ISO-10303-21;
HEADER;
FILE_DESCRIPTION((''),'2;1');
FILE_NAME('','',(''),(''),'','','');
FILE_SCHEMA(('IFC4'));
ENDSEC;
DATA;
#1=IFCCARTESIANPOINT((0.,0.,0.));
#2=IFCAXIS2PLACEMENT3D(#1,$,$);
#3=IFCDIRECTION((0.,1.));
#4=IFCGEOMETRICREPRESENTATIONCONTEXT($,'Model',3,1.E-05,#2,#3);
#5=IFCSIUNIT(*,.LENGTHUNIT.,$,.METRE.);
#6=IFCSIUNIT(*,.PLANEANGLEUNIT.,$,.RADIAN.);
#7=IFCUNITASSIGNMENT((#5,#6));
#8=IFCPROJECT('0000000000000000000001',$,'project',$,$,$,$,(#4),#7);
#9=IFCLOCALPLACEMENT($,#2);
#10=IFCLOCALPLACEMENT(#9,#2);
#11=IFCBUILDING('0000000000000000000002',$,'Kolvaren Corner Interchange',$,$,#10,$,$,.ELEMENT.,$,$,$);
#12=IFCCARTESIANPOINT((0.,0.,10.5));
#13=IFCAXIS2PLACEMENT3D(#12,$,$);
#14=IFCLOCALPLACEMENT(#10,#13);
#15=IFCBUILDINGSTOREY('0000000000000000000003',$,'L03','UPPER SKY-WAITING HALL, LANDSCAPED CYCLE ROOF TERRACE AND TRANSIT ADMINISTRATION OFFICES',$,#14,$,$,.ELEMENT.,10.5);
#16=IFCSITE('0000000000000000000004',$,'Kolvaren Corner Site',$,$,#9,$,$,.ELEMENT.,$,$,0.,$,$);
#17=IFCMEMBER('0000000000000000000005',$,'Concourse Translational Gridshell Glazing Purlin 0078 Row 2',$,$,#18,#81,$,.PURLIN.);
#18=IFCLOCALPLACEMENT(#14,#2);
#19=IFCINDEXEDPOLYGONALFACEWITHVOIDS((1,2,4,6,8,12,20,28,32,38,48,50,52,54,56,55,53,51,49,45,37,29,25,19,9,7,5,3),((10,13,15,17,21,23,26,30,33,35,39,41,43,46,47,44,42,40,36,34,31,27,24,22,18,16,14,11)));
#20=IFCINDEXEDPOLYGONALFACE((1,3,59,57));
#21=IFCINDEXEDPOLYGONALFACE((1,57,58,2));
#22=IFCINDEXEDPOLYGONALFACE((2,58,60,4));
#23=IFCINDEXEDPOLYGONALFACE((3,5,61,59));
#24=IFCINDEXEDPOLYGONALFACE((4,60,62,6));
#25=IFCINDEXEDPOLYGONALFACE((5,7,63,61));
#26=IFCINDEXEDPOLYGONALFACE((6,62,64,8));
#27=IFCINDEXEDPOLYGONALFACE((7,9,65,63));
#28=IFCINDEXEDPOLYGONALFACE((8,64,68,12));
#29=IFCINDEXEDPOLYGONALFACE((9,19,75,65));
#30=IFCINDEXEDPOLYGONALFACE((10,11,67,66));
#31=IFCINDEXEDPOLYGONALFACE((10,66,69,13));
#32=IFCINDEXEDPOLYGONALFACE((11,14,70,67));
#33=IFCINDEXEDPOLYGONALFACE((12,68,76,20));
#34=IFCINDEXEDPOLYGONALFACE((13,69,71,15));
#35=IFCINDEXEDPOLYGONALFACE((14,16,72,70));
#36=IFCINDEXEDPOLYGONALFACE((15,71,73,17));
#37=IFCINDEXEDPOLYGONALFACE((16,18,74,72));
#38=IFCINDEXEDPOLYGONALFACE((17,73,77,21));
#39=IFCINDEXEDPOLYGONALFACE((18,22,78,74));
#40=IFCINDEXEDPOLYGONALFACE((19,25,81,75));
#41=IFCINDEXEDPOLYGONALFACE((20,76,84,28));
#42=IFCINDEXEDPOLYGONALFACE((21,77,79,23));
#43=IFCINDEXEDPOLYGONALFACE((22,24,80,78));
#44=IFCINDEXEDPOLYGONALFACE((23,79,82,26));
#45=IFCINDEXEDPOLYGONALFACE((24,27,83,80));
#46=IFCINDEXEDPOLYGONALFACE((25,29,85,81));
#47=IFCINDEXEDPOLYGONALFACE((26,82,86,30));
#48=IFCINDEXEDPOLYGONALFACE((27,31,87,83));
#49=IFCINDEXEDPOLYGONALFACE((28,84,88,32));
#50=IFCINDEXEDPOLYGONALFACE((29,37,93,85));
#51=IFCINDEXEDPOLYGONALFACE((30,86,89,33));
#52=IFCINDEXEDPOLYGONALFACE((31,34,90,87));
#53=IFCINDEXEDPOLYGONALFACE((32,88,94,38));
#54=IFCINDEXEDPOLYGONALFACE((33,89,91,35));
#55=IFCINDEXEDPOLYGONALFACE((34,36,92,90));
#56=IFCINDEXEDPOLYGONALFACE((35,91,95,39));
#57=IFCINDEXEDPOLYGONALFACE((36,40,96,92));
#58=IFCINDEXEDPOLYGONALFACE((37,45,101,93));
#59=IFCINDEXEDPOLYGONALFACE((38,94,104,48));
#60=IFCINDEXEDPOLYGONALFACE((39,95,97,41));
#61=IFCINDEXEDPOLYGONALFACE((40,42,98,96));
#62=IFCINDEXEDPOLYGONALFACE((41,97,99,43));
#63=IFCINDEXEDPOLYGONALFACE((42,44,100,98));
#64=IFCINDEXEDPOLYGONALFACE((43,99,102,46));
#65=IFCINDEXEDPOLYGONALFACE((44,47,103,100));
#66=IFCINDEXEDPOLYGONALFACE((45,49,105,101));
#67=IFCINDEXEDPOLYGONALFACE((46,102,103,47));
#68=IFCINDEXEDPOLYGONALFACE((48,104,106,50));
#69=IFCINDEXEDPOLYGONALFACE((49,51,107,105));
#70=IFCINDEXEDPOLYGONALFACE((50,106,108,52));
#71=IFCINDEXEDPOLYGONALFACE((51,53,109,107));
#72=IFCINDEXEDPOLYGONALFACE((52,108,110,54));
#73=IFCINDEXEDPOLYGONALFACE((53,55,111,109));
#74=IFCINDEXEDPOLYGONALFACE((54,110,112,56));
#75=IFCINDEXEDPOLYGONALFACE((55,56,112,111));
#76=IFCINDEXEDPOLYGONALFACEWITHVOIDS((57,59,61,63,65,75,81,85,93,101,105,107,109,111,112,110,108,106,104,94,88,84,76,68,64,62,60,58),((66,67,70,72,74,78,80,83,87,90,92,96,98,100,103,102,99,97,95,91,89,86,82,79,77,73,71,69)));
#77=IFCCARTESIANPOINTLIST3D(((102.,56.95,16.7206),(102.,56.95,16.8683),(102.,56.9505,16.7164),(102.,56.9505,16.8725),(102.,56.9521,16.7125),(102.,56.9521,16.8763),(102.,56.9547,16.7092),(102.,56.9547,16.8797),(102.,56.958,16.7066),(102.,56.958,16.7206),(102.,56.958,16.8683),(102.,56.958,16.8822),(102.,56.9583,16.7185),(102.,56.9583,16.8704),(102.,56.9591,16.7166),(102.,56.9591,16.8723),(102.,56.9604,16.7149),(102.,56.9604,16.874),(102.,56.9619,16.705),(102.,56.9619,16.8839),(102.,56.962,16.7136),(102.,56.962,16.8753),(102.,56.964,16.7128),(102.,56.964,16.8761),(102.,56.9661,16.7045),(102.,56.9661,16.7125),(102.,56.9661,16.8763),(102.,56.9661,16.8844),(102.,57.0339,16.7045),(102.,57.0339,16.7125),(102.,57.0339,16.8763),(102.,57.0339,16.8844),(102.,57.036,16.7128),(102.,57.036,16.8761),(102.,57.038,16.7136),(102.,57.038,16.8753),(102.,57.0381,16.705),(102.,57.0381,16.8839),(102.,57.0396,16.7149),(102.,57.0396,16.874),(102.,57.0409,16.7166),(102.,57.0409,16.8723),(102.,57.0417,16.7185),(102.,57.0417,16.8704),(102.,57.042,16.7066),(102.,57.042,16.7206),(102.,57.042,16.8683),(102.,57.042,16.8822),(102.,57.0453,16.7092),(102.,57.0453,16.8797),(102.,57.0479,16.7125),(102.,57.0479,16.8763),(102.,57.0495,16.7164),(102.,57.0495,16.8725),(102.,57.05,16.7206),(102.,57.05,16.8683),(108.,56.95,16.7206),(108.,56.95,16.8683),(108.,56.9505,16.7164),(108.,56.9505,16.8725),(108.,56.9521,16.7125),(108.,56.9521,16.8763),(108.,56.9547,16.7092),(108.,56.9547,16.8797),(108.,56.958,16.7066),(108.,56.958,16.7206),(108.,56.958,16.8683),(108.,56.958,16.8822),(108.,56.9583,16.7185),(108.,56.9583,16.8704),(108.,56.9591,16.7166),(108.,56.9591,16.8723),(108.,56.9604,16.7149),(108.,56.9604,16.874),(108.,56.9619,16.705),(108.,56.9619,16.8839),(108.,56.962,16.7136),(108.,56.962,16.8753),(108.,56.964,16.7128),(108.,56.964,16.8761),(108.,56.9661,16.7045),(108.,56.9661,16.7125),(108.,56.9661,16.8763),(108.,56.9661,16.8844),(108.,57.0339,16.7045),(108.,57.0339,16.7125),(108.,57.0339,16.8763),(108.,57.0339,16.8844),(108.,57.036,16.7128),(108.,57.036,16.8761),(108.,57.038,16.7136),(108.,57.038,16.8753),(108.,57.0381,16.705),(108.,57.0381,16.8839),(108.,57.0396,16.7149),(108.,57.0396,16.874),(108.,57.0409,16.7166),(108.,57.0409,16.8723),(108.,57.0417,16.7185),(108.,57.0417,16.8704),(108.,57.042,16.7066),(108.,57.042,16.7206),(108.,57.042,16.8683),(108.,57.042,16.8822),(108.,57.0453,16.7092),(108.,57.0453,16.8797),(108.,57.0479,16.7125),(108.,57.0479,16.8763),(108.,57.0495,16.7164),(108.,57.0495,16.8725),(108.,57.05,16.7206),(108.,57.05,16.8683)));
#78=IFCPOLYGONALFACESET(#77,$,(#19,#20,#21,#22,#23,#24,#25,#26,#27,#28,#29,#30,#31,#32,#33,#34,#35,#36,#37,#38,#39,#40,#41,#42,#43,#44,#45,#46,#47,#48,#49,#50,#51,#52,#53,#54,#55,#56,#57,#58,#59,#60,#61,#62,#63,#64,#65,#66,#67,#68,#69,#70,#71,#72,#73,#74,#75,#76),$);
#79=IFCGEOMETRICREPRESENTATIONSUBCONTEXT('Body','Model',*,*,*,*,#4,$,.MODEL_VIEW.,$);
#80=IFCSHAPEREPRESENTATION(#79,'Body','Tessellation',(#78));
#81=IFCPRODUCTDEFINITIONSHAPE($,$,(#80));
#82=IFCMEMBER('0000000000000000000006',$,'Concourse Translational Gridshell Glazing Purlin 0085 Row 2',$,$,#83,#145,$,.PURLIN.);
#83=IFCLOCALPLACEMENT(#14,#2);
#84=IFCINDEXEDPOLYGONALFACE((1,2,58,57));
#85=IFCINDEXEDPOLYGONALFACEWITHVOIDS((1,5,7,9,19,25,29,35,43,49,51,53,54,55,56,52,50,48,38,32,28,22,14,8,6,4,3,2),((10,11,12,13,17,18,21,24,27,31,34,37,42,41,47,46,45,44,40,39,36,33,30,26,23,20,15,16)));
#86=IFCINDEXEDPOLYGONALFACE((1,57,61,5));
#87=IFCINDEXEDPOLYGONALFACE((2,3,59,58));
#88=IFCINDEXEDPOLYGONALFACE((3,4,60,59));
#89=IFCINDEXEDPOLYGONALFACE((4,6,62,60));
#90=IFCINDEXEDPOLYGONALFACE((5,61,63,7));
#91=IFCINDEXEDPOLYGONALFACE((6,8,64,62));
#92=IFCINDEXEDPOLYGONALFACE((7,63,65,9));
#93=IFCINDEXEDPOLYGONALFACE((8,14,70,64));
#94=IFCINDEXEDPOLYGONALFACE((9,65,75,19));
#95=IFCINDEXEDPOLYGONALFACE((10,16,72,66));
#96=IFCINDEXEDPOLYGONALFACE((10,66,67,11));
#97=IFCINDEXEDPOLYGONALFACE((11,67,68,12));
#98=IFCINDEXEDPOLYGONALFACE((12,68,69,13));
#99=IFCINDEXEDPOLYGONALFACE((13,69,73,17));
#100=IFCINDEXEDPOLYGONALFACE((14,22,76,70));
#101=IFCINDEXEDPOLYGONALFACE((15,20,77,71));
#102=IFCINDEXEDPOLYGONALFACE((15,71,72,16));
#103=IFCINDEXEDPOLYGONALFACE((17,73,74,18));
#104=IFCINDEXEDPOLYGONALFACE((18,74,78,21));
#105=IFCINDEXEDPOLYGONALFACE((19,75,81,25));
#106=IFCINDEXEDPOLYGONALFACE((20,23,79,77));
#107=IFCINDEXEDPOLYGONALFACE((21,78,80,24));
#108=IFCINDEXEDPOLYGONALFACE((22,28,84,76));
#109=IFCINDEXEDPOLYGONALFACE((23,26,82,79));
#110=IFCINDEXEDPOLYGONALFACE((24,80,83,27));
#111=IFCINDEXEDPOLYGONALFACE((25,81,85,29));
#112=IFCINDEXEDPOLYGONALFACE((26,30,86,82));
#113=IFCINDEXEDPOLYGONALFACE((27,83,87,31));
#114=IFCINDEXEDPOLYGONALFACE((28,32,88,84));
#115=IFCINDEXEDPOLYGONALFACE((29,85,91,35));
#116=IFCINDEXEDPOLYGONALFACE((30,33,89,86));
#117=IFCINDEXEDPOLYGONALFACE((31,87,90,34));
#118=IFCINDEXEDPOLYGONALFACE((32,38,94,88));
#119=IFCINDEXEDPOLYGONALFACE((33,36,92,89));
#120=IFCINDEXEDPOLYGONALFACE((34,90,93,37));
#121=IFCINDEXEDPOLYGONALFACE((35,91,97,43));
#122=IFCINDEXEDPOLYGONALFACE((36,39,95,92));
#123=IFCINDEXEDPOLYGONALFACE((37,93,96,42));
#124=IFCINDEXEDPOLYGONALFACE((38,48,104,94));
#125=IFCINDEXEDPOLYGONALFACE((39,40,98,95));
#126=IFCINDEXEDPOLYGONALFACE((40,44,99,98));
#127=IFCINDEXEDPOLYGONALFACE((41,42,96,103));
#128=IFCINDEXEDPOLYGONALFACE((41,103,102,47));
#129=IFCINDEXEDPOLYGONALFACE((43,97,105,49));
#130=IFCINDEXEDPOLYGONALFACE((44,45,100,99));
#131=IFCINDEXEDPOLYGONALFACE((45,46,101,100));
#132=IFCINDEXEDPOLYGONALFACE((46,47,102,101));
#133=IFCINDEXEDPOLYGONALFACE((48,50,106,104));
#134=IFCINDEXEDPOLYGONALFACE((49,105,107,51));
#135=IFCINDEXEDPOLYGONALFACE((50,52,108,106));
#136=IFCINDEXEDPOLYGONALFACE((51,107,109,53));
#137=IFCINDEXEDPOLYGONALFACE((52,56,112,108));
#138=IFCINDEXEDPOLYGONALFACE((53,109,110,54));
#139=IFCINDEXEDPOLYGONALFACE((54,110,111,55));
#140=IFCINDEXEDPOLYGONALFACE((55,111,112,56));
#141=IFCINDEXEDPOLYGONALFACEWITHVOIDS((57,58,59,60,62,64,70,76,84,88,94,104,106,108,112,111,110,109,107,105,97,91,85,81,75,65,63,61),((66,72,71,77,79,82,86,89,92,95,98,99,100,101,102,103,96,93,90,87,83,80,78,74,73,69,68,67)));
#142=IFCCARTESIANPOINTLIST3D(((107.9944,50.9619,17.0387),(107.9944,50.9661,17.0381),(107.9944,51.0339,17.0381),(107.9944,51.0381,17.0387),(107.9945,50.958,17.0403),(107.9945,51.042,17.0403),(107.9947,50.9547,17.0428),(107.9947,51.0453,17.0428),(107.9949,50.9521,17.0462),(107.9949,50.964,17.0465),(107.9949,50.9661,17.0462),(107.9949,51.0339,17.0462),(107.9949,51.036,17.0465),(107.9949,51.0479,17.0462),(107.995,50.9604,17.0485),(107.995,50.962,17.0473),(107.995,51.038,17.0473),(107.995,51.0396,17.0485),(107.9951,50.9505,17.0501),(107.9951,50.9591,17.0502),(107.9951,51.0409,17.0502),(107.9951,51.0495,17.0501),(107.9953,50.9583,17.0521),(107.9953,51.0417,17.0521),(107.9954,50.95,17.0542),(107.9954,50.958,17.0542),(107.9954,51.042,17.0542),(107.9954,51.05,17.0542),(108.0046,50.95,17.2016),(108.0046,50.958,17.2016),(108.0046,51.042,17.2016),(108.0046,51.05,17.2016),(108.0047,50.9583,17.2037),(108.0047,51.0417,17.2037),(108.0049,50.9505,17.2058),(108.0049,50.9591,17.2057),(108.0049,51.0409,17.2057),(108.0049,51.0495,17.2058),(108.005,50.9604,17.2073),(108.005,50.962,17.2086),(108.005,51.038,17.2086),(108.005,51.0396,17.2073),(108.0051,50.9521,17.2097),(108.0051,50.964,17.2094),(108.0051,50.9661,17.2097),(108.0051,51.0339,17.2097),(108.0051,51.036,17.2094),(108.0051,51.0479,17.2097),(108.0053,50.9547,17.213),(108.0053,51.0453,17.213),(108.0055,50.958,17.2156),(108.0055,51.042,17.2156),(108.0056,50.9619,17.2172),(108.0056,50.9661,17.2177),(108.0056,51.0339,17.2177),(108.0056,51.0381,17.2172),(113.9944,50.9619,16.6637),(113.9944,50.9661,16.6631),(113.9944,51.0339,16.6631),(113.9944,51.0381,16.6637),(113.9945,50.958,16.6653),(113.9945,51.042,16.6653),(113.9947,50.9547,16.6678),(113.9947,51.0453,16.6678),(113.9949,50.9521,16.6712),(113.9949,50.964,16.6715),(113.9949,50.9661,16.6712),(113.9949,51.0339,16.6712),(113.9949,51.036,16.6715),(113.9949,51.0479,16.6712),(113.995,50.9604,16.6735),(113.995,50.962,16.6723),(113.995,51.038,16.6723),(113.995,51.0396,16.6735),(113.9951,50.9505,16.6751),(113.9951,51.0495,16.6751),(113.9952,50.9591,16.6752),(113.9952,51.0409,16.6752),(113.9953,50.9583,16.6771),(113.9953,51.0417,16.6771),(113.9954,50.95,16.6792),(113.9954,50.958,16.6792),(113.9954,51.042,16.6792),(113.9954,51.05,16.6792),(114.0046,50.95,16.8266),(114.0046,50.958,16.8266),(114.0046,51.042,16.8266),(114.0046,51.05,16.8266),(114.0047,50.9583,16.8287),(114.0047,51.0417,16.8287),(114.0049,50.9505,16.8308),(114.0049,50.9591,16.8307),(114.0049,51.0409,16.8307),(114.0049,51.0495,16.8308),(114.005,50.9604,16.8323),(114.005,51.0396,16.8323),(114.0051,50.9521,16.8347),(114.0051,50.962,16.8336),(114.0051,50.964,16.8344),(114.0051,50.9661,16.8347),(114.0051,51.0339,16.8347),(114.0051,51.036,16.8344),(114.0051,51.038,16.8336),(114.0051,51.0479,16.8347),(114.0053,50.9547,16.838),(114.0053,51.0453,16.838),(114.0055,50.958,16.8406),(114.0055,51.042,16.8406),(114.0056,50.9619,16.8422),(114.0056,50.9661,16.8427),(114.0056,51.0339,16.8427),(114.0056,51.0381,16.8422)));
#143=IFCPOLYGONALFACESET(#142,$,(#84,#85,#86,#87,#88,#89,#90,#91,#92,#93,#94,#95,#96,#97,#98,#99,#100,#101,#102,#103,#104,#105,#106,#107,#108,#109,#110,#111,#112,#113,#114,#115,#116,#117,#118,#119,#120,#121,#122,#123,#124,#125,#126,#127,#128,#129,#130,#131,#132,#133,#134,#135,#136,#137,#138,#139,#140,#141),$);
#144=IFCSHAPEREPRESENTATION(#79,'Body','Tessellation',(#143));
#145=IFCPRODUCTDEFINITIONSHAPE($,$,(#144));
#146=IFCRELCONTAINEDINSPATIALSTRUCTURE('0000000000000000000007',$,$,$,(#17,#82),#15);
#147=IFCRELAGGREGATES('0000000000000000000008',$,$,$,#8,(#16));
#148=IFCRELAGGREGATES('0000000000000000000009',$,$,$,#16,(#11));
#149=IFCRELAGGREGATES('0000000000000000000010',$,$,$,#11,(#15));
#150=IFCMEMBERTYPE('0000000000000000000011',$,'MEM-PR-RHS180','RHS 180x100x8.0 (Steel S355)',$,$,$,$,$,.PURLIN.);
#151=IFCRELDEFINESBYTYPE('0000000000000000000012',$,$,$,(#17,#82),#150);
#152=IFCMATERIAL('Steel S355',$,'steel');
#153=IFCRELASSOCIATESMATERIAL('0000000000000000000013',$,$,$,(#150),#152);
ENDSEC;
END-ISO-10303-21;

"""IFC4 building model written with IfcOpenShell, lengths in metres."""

from ifc_helpers import new_model, si_unit, direction, frame, origin, origin_2d, place, context, subcontext, project, spatial, hollow_rectangle, extrude, material, material_profile, profile_set, type_object, element, save


model = new_model("IFC4")

# Units and contexts
model_context = context("Model", 3, precision=1e-05, world=origin(), true_north=direction((0.0, 1.0)))
body_context = subcontext(model_context, "Body", "Model", "MODEL_VIEW")
ifc_project = project(units=[si_unit("LENGTHUNIT", "METRE"), si_unit("PLANEANGLEUNIT", "RADIAN")], contexts=[model_context])

# Site, building, storey
site_placement = place(None, origin())
site = spatial("IfcSite", under=ifc_project, at=site_placement, Name="Kolvaren Corner Site", CompositionType="ELEMENT", RefElevation=0.0)
building_placement = place(site_placement, origin())
building = spatial("IfcBuilding", under=site, at=building_placement, Name="Kolvaren Corner Interchange", CompositionType="ELEMENT")
storey_placement = place(building_placement, frame((0.0, 0.0, 10.5)))
storey = spatial("IfcBuildingStorey", under=building, at=storey_placement, Name="L03", Description="UPPER SKY-WAITING HALL, LANDSCAPED CYCLE ROOF TERRACE AND TRANSIT ADMINISTRATION OFFICES", CompositionType="ELEMENT", Elevation=10.5)

# Members
ifc_material_1 = material(Name="Steel S355", Category="steel")
ifc_material_profile_1 = material_profile(ifc_material_1, hollow_rectangle(XDim=0.1001, YDim=0.1799, WallThickness=0.0081, InnerFilletRadius=0.0081, OuterFilletRadius=0.0161, at=origin_2d()), Name="RHS 180x100x8.0")
ifc_profile_set_1 = profile_set([ifc_material_profile_1], Name="Steel S355")
member_type_1 = type_object("IfcMemberType", Name="MEM-PR-RHS180", Description="RHS 180x100x8.0 (Steel S355)", PredefinedType="PURLIN", material=ifc_profile_set_1)
for number, where, z_axis, x_axis, name in (
    (1, (102.0, 57.0, 16.7944), (1.0, 0.0, 0.0), (0.0, 1.0, 0.0), "Concourse Translational Gridshell Glazing Purlin 0078 Row 2"),
):
    element("IfcMember", number, at=place(storey_placement, frame(where, z_axis=z_axis, x_axis=x_axis)), inside=storey, type_object=member_type_1, Name=name, PredefinedType="PURLIN", context=body_context, shape_type="SweptSolid", body=[
        extrude(hollow_rectangle(XDim=0.1001, YDim=0.1799, WallThickness=0.0081, InnerFilletRadius=0.0081, OuterFilletRadius=0.0161, at=origin_2d()), origin(), (0.0, 0.0, 1.0), 6.0),
    ])
for number, where, z_axis, x_axis, name in (
    (2, (108.0, 51.0, 17.1279), (0.998053, 0.0, -0.062378), (0.0, 1.0, 0.0), "Concourse Translational Gridshell Glazing Purlin 0085 Row 2"),
):
    element("IfcMember", number, at=place(storey_placement, frame(where, z_axis=z_axis, x_axis=x_axis)), inside=storey, type_object=member_type_1, Name=name, PredefinedType="PURLIN", context=body_context, shape_type="SweptSolid", body=[
        extrude(hollow_rectangle(XDim=0.1001, YDim=0.1799, WallThickness=0.0081, InnerFilletRadius=0.0081, OuterFilletRadius=0.0161, at=origin_2d()), origin(), (0.0, 0.0, 1.0), 6.0117),
    ])

save(model, "model.ifc")
